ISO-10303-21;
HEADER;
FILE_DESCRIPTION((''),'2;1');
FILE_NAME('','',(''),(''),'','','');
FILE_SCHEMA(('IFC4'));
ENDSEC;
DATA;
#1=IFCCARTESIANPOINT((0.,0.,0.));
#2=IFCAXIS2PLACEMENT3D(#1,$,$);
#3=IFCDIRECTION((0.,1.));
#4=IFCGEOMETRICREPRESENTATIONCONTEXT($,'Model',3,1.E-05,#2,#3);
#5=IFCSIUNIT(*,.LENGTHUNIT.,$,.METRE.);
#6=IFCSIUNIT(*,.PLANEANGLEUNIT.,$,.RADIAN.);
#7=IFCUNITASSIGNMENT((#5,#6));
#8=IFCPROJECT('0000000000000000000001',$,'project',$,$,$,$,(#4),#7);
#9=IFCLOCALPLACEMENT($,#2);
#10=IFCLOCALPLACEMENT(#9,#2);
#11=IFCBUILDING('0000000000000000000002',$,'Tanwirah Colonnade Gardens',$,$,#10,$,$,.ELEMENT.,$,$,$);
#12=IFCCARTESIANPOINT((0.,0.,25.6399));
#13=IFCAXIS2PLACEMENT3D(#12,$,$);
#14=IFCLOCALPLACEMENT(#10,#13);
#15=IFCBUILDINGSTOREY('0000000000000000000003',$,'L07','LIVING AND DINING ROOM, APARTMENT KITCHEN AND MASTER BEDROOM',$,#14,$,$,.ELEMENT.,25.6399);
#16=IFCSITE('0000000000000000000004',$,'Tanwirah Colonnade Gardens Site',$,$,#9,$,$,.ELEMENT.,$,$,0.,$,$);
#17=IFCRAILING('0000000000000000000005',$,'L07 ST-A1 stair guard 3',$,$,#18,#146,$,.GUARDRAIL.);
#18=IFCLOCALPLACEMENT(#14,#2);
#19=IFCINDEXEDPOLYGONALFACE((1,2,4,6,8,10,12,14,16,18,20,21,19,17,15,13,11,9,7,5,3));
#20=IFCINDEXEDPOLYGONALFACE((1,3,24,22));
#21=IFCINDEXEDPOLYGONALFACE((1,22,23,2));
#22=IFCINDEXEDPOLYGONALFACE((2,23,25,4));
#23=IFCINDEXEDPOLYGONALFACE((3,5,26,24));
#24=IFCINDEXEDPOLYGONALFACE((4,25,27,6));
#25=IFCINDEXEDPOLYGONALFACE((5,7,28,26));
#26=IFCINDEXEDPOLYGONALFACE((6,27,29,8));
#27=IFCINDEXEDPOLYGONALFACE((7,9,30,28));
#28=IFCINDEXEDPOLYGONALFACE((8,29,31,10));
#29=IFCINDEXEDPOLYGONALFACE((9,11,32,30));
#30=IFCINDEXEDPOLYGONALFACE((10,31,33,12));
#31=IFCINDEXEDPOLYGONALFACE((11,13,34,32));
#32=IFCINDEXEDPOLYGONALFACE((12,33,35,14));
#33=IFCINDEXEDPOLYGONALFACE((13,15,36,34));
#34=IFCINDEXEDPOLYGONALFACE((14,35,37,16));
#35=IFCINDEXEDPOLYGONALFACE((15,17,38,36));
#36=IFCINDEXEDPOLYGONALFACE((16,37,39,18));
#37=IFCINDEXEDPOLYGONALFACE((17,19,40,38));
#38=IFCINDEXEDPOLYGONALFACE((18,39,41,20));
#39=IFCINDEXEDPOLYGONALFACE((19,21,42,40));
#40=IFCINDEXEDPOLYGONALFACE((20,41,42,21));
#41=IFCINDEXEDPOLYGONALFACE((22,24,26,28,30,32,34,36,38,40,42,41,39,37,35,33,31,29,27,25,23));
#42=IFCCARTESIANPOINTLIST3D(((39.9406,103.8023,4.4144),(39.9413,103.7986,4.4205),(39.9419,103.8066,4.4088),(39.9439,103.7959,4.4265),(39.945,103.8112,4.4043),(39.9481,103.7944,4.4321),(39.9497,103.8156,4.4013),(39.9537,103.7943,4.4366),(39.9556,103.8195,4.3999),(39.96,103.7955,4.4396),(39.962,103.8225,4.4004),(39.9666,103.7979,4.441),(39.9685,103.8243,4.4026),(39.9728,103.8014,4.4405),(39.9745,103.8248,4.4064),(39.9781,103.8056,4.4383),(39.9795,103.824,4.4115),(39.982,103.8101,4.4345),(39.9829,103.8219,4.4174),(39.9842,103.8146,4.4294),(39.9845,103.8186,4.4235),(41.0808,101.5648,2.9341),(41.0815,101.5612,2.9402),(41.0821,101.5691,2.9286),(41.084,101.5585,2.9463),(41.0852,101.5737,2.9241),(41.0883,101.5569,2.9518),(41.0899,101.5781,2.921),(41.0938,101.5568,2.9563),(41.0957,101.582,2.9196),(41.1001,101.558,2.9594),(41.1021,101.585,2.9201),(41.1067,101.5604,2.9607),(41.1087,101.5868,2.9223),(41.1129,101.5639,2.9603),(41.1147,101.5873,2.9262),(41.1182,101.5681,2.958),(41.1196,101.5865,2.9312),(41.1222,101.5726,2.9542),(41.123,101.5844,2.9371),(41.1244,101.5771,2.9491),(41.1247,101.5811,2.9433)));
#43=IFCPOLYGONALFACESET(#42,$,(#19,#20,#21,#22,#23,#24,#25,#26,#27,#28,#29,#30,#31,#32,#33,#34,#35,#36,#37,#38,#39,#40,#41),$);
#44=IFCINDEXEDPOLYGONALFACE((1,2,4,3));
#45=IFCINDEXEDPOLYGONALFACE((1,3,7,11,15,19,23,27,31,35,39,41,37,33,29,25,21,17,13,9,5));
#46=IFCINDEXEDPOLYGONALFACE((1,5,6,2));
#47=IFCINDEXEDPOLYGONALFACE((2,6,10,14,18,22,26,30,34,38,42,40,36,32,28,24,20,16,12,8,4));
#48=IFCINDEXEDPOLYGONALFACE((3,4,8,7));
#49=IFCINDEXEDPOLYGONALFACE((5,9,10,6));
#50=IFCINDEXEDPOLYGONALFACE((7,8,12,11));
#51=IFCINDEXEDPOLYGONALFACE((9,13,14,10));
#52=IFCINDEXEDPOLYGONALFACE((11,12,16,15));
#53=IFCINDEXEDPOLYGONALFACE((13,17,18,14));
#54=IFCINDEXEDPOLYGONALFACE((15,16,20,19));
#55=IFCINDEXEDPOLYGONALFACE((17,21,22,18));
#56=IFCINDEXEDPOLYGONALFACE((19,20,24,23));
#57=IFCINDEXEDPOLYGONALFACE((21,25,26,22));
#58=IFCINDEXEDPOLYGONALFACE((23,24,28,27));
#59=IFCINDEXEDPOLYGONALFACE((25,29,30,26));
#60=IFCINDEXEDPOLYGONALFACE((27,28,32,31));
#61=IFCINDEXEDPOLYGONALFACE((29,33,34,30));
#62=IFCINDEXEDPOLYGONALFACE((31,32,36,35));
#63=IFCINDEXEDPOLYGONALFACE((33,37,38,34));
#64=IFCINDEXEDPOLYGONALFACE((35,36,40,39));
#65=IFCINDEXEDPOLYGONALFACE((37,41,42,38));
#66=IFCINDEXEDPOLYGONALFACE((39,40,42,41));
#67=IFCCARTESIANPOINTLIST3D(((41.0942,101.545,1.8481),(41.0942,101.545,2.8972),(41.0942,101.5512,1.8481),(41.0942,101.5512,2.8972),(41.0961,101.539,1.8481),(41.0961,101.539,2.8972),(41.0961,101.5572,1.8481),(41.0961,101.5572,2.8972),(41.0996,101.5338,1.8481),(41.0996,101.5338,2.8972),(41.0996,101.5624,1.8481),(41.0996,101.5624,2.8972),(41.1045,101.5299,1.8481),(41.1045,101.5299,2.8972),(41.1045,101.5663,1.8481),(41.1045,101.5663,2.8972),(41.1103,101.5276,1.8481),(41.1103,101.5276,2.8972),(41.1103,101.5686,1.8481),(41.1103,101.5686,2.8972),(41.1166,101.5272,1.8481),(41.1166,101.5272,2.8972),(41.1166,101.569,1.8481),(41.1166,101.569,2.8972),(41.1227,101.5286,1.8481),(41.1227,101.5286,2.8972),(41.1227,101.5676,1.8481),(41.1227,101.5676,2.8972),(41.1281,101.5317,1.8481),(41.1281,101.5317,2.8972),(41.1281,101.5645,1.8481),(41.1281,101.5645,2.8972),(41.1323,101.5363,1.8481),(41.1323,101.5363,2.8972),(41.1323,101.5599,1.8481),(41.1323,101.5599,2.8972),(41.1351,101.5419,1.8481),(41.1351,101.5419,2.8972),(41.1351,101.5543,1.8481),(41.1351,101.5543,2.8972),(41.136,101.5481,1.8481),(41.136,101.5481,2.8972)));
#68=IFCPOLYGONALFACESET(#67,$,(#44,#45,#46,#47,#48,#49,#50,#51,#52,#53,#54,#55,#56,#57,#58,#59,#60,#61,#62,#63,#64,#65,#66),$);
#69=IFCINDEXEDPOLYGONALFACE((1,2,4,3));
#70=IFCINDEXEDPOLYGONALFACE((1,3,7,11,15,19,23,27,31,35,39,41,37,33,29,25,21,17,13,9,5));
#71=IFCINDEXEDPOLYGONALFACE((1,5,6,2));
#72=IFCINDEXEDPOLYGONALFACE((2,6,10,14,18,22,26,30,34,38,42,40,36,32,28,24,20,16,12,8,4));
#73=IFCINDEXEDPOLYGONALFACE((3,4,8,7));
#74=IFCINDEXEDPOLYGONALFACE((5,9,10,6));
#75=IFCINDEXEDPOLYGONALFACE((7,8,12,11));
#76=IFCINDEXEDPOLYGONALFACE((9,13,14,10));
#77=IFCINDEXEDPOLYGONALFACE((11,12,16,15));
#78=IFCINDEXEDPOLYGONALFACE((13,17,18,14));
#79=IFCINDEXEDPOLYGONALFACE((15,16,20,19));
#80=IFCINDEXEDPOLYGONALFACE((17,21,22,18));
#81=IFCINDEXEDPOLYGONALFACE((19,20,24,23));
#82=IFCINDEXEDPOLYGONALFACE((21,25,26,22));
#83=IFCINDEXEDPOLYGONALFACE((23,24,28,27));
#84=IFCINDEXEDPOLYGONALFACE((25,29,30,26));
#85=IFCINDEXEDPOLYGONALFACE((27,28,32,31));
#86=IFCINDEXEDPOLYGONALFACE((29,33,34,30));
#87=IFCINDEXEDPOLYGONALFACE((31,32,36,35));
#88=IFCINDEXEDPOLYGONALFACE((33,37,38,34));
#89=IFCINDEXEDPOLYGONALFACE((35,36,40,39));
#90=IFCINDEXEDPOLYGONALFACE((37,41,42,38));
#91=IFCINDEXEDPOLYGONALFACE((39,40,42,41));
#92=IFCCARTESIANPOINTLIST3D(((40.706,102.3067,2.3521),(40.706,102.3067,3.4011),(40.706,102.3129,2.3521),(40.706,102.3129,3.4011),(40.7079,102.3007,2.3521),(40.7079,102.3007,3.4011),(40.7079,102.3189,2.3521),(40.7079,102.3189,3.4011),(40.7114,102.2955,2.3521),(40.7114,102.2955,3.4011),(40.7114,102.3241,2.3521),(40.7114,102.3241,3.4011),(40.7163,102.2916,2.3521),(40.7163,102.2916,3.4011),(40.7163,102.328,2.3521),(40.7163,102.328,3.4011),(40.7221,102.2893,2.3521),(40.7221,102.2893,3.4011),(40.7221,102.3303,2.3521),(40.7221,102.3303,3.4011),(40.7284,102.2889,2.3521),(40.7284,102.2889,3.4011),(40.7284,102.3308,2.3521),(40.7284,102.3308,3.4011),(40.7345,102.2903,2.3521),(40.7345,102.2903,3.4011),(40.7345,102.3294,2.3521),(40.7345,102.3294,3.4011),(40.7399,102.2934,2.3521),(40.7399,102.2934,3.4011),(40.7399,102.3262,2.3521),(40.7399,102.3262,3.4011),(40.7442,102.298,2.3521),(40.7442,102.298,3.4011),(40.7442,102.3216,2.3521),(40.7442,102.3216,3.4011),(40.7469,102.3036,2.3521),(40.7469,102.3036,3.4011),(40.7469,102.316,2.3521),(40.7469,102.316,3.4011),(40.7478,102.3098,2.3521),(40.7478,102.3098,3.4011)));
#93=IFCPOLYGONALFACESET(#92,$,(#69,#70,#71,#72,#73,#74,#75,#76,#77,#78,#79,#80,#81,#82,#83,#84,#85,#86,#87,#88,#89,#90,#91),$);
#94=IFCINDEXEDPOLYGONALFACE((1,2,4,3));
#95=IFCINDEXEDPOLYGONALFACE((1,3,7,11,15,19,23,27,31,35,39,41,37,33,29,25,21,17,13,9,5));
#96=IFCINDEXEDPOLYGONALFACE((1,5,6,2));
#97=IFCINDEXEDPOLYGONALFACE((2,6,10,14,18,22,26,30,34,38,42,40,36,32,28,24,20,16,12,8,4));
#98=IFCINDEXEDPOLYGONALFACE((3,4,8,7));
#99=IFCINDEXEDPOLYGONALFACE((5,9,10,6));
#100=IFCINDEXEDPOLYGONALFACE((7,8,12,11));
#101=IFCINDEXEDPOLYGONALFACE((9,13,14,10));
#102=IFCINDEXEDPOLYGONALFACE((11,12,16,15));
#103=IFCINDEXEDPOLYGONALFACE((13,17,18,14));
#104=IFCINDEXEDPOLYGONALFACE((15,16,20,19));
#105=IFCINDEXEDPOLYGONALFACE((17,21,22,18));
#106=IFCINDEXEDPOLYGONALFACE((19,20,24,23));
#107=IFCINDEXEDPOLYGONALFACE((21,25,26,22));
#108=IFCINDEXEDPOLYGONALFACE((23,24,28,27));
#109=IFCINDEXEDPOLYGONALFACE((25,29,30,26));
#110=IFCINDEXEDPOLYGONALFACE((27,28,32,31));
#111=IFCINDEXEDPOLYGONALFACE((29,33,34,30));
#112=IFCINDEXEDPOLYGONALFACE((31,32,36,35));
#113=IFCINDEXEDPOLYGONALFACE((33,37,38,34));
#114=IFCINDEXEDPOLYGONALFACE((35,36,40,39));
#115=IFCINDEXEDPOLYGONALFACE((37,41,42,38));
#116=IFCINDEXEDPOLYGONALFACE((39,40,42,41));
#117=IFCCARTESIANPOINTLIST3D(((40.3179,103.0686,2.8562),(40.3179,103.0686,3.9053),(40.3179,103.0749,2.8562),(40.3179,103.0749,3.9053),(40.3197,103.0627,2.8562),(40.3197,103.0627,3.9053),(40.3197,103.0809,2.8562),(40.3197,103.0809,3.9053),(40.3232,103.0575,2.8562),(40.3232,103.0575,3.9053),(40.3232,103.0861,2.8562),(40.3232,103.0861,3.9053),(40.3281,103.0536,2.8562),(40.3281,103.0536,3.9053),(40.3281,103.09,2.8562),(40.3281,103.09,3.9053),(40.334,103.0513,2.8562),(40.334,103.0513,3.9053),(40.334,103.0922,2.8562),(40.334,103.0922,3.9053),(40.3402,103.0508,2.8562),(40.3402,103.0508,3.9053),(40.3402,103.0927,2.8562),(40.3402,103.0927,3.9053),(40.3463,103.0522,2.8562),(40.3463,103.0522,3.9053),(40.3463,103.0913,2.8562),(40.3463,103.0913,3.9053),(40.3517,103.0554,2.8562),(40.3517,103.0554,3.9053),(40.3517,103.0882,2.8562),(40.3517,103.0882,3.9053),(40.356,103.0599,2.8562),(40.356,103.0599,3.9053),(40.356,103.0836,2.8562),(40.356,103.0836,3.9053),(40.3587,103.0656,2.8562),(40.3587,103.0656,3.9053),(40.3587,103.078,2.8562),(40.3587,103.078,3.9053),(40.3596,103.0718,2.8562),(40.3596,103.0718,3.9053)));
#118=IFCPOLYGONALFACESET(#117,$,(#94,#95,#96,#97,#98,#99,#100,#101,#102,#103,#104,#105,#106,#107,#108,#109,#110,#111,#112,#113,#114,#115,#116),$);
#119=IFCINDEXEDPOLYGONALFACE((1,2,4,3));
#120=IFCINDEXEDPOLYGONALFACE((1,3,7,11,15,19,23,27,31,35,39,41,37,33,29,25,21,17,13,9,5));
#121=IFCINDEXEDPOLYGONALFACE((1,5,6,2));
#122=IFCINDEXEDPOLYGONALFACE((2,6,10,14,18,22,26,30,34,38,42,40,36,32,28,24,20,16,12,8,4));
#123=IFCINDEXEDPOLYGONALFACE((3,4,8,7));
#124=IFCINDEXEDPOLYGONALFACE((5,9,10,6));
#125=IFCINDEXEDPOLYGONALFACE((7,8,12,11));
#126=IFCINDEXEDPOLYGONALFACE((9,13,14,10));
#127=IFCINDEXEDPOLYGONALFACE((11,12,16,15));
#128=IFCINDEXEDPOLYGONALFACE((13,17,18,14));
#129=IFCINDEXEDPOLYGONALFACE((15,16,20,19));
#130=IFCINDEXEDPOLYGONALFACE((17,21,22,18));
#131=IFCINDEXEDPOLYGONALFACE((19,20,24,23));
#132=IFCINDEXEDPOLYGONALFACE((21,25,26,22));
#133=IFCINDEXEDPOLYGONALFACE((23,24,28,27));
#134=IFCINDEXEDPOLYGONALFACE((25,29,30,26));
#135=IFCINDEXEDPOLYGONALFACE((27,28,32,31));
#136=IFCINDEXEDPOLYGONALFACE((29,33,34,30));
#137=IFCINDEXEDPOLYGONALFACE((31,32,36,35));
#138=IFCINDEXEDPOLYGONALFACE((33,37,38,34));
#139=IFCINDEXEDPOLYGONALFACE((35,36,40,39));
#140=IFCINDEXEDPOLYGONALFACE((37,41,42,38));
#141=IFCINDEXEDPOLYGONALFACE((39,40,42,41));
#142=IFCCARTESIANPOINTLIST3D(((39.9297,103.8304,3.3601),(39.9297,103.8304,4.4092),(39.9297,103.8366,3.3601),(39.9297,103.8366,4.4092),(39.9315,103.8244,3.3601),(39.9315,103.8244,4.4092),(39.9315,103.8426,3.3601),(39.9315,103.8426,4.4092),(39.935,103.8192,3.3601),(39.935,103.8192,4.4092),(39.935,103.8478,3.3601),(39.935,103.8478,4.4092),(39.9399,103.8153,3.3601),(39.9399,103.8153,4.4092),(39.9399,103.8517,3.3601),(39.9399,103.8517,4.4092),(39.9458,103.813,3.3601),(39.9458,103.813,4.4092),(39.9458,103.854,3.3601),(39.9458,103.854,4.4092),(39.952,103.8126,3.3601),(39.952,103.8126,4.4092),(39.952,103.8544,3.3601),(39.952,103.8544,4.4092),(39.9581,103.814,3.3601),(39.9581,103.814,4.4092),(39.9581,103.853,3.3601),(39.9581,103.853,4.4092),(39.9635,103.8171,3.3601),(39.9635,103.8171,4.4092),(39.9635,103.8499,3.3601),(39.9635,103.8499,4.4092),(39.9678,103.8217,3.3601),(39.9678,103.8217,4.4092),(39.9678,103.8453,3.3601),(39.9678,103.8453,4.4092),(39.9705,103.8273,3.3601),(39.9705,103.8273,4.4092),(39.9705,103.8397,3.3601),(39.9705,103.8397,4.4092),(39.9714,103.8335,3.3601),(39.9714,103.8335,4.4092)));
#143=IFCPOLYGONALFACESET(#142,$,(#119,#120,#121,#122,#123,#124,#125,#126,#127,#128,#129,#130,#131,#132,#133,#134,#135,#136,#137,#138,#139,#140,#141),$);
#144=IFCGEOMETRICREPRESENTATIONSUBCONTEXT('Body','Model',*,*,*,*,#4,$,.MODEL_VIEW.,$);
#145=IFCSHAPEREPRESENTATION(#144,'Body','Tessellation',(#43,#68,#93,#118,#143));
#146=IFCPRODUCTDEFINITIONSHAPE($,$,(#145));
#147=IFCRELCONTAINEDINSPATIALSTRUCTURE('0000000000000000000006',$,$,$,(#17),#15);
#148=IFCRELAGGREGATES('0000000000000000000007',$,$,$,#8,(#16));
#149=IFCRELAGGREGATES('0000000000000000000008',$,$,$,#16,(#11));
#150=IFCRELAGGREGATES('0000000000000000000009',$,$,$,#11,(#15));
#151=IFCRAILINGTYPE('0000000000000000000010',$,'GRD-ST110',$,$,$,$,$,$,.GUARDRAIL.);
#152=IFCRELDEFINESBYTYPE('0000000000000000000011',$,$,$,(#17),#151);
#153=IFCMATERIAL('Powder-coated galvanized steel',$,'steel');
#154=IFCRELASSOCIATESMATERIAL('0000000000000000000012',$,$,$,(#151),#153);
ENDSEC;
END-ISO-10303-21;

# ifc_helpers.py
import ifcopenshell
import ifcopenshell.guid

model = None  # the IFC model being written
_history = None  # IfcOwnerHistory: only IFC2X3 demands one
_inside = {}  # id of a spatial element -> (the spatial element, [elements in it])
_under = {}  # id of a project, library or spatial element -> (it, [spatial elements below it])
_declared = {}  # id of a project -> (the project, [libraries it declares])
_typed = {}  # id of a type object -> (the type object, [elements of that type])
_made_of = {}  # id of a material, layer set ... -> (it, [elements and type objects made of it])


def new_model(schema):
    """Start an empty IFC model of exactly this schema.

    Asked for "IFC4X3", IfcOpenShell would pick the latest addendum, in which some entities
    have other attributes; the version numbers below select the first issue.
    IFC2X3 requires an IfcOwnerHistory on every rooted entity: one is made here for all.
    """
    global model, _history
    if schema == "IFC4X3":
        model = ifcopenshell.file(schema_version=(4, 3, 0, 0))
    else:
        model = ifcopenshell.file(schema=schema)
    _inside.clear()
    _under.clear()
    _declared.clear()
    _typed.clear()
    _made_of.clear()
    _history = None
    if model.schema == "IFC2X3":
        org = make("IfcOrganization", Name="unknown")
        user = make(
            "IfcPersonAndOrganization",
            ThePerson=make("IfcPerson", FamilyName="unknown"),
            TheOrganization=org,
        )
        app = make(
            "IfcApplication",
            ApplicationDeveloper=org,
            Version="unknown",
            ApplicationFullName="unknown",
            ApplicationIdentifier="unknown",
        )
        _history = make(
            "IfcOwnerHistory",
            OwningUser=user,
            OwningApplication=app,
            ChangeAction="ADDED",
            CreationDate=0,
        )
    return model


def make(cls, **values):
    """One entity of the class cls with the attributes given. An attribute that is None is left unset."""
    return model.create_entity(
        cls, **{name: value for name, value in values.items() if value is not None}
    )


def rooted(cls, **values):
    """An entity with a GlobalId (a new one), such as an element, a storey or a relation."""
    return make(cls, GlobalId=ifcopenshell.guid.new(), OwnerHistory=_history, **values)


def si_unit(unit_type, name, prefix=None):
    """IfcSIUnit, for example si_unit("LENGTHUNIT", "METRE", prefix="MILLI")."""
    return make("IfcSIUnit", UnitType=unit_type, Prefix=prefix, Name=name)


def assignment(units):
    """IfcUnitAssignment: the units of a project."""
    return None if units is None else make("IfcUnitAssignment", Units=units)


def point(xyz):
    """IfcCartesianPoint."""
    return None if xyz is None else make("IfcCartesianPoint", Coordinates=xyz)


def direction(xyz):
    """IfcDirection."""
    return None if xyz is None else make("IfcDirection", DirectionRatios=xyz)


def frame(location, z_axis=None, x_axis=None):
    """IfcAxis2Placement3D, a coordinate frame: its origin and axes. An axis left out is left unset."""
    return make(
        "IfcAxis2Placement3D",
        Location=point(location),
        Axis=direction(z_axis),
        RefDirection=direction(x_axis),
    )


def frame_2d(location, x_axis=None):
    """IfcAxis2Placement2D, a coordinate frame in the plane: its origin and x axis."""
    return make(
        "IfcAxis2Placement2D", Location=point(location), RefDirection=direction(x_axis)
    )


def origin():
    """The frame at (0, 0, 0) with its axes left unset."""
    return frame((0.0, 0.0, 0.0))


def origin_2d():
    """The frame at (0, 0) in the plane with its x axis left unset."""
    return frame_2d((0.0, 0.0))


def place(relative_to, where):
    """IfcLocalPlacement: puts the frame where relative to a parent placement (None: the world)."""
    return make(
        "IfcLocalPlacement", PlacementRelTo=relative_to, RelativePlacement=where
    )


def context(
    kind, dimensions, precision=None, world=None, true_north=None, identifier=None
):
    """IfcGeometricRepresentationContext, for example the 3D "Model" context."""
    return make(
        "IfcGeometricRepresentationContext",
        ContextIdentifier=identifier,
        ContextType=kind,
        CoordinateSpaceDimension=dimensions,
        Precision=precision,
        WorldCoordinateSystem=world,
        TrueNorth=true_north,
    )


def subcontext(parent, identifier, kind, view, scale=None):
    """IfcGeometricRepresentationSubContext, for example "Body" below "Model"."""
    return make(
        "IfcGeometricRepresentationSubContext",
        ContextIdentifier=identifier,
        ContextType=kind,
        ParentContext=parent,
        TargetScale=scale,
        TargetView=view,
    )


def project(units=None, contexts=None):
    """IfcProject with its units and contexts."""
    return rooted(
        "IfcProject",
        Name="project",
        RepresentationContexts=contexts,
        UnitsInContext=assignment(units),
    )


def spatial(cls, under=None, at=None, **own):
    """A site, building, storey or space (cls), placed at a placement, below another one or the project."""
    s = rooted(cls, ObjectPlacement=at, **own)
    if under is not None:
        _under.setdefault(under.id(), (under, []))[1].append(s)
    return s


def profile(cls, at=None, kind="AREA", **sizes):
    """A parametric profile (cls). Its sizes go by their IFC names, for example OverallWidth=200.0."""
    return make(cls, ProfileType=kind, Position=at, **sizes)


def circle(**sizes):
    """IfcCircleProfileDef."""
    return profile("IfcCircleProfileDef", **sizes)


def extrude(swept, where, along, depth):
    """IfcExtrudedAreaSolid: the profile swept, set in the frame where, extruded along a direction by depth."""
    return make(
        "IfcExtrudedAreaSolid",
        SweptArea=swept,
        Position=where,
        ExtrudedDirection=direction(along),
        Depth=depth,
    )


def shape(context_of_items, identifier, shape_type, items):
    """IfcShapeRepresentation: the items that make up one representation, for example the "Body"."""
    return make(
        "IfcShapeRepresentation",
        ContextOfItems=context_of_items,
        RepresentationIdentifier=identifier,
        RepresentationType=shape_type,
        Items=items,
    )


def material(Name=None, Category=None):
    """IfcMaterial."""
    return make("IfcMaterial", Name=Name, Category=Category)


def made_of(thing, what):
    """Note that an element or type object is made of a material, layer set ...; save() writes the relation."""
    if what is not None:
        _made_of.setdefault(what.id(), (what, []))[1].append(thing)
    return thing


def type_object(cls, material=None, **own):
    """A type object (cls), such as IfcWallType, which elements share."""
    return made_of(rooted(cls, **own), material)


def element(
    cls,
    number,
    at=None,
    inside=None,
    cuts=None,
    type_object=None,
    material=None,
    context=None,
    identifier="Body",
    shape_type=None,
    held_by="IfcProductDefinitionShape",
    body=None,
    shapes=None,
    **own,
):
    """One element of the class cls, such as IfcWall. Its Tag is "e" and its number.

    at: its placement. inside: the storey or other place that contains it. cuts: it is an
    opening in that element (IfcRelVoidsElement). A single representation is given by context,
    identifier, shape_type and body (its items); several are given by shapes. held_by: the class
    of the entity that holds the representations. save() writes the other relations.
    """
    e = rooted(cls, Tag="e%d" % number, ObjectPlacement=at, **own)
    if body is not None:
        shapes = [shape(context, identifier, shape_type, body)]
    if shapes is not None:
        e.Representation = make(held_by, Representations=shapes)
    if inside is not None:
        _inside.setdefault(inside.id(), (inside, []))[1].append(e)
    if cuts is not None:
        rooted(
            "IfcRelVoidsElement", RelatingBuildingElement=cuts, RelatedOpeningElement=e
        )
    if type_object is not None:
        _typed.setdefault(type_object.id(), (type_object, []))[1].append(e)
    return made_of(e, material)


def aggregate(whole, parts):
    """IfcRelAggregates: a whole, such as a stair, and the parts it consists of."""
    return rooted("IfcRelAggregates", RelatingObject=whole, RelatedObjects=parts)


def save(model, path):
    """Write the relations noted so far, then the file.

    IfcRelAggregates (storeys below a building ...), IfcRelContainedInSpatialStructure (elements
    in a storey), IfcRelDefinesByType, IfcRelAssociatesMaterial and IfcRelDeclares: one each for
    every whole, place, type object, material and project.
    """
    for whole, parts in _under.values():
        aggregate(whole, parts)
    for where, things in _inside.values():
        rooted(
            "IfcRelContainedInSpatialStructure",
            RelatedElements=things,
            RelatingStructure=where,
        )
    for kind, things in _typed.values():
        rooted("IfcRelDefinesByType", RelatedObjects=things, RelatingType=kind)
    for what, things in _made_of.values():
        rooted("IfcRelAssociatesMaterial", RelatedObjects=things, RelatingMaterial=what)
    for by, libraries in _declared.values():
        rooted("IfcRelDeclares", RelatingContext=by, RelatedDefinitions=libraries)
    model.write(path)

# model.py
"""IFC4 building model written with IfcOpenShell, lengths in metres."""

from ifc_helpers import new_model, si_unit, direction, frame, origin, origin_2d, place, context, subcontext, project, spatial, circle, extrude, material, type_object, element, save


model = new_model("IFC4")

# Units and contexts
model_context = context("Model", 3, precision=1e-05, world=origin(), true_north=direction((0.0, 1.0)))
body_context = subcontext(model_context, "Body", "Model", "MODEL_VIEW")
ifc_project = project(units=[si_unit("LENGTHUNIT", "METRE"), si_unit("PLANEANGLEUNIT", "RADIAN")], contexts=[model_context])

# Site, building, storey
site_placement = place(None, origin())
site = spatial("IfcSite", under=ifc_project, at=site_placement, Name="Tanwirah Colonnade Gardens Site", CompositionType="ELEMENT", RefElevation=0.0)
building_placement = place(site_placement, origin())
building = spatial("IfcBuilding", under=site, at=building_placement, Name="Tanwirah Colonnade Gardens", CompositionType="ELEMENT")
storey_placement = place(building_placement, frame((0.0, 0.0, 25.6399)))
storey = spatial("IfcBuildingStorey", under=building, at=storey_placement, Name="L07", Description="LIVING AND DINING ROOM, APARTMENT KITCHEN AND MASTER BEDROOM", CompositionType="ELEMENT", Elevation=25.6399)

# Railing
ifc_material_1 = material(Name="Powder-coated galvanized steel", Category="steel")
railing_type_1 = type_object("IfcRailingType", Name="GRD-ST110", PredefinedType="GUARDRAIL", material=ifc_material_1)
railing_1_placement = place(storey_placement, frame((41.115, 101.5481, 1.8481)))
element("IfcRailing", 1, at=railing_1_placement, inside=storey, type_object=railing_type_1, Name="L07 ST-A1 stair guard 3", PredefinedType="GUARDRAIL", context=body_context, shape_type="SweptSolid", body=[
    extrude(circle(Radius=0.0239, at=origin_2d()), frame((-0.0122, 0.0239, 1.092), z_axis=(-0.391122, 0.767567, 0.507803), x_axis=(-0.890994, -0.454016, 0.0)), (0.0, 0.0, 1.0), 2.915),
    extrude(circle(Radius=0.021, at=origin_2d()), origin(), (0.0, 0.0, 1.0), 1.0491),
    extrude(circle(Radius=0.021, at=origin_2d()), frame((-0.3882, 0.7617, 0.5039)), (0.0, 0.0, 1.0), 1.0491),
    extrude(circle(Radius=0.021, at=origin_2d()), frame((-0.7764, 1.5237, 1.0081)), (0.0, 0.0, 1.0), 1.0491),
    extrude(circle(Radius=0.021, at=origin_2d()), frame((-1.1646, 2.2854, 1.512)), (0.0, 0.0, 1.0), 1.0491),
])

save(model, "model.ifc")
